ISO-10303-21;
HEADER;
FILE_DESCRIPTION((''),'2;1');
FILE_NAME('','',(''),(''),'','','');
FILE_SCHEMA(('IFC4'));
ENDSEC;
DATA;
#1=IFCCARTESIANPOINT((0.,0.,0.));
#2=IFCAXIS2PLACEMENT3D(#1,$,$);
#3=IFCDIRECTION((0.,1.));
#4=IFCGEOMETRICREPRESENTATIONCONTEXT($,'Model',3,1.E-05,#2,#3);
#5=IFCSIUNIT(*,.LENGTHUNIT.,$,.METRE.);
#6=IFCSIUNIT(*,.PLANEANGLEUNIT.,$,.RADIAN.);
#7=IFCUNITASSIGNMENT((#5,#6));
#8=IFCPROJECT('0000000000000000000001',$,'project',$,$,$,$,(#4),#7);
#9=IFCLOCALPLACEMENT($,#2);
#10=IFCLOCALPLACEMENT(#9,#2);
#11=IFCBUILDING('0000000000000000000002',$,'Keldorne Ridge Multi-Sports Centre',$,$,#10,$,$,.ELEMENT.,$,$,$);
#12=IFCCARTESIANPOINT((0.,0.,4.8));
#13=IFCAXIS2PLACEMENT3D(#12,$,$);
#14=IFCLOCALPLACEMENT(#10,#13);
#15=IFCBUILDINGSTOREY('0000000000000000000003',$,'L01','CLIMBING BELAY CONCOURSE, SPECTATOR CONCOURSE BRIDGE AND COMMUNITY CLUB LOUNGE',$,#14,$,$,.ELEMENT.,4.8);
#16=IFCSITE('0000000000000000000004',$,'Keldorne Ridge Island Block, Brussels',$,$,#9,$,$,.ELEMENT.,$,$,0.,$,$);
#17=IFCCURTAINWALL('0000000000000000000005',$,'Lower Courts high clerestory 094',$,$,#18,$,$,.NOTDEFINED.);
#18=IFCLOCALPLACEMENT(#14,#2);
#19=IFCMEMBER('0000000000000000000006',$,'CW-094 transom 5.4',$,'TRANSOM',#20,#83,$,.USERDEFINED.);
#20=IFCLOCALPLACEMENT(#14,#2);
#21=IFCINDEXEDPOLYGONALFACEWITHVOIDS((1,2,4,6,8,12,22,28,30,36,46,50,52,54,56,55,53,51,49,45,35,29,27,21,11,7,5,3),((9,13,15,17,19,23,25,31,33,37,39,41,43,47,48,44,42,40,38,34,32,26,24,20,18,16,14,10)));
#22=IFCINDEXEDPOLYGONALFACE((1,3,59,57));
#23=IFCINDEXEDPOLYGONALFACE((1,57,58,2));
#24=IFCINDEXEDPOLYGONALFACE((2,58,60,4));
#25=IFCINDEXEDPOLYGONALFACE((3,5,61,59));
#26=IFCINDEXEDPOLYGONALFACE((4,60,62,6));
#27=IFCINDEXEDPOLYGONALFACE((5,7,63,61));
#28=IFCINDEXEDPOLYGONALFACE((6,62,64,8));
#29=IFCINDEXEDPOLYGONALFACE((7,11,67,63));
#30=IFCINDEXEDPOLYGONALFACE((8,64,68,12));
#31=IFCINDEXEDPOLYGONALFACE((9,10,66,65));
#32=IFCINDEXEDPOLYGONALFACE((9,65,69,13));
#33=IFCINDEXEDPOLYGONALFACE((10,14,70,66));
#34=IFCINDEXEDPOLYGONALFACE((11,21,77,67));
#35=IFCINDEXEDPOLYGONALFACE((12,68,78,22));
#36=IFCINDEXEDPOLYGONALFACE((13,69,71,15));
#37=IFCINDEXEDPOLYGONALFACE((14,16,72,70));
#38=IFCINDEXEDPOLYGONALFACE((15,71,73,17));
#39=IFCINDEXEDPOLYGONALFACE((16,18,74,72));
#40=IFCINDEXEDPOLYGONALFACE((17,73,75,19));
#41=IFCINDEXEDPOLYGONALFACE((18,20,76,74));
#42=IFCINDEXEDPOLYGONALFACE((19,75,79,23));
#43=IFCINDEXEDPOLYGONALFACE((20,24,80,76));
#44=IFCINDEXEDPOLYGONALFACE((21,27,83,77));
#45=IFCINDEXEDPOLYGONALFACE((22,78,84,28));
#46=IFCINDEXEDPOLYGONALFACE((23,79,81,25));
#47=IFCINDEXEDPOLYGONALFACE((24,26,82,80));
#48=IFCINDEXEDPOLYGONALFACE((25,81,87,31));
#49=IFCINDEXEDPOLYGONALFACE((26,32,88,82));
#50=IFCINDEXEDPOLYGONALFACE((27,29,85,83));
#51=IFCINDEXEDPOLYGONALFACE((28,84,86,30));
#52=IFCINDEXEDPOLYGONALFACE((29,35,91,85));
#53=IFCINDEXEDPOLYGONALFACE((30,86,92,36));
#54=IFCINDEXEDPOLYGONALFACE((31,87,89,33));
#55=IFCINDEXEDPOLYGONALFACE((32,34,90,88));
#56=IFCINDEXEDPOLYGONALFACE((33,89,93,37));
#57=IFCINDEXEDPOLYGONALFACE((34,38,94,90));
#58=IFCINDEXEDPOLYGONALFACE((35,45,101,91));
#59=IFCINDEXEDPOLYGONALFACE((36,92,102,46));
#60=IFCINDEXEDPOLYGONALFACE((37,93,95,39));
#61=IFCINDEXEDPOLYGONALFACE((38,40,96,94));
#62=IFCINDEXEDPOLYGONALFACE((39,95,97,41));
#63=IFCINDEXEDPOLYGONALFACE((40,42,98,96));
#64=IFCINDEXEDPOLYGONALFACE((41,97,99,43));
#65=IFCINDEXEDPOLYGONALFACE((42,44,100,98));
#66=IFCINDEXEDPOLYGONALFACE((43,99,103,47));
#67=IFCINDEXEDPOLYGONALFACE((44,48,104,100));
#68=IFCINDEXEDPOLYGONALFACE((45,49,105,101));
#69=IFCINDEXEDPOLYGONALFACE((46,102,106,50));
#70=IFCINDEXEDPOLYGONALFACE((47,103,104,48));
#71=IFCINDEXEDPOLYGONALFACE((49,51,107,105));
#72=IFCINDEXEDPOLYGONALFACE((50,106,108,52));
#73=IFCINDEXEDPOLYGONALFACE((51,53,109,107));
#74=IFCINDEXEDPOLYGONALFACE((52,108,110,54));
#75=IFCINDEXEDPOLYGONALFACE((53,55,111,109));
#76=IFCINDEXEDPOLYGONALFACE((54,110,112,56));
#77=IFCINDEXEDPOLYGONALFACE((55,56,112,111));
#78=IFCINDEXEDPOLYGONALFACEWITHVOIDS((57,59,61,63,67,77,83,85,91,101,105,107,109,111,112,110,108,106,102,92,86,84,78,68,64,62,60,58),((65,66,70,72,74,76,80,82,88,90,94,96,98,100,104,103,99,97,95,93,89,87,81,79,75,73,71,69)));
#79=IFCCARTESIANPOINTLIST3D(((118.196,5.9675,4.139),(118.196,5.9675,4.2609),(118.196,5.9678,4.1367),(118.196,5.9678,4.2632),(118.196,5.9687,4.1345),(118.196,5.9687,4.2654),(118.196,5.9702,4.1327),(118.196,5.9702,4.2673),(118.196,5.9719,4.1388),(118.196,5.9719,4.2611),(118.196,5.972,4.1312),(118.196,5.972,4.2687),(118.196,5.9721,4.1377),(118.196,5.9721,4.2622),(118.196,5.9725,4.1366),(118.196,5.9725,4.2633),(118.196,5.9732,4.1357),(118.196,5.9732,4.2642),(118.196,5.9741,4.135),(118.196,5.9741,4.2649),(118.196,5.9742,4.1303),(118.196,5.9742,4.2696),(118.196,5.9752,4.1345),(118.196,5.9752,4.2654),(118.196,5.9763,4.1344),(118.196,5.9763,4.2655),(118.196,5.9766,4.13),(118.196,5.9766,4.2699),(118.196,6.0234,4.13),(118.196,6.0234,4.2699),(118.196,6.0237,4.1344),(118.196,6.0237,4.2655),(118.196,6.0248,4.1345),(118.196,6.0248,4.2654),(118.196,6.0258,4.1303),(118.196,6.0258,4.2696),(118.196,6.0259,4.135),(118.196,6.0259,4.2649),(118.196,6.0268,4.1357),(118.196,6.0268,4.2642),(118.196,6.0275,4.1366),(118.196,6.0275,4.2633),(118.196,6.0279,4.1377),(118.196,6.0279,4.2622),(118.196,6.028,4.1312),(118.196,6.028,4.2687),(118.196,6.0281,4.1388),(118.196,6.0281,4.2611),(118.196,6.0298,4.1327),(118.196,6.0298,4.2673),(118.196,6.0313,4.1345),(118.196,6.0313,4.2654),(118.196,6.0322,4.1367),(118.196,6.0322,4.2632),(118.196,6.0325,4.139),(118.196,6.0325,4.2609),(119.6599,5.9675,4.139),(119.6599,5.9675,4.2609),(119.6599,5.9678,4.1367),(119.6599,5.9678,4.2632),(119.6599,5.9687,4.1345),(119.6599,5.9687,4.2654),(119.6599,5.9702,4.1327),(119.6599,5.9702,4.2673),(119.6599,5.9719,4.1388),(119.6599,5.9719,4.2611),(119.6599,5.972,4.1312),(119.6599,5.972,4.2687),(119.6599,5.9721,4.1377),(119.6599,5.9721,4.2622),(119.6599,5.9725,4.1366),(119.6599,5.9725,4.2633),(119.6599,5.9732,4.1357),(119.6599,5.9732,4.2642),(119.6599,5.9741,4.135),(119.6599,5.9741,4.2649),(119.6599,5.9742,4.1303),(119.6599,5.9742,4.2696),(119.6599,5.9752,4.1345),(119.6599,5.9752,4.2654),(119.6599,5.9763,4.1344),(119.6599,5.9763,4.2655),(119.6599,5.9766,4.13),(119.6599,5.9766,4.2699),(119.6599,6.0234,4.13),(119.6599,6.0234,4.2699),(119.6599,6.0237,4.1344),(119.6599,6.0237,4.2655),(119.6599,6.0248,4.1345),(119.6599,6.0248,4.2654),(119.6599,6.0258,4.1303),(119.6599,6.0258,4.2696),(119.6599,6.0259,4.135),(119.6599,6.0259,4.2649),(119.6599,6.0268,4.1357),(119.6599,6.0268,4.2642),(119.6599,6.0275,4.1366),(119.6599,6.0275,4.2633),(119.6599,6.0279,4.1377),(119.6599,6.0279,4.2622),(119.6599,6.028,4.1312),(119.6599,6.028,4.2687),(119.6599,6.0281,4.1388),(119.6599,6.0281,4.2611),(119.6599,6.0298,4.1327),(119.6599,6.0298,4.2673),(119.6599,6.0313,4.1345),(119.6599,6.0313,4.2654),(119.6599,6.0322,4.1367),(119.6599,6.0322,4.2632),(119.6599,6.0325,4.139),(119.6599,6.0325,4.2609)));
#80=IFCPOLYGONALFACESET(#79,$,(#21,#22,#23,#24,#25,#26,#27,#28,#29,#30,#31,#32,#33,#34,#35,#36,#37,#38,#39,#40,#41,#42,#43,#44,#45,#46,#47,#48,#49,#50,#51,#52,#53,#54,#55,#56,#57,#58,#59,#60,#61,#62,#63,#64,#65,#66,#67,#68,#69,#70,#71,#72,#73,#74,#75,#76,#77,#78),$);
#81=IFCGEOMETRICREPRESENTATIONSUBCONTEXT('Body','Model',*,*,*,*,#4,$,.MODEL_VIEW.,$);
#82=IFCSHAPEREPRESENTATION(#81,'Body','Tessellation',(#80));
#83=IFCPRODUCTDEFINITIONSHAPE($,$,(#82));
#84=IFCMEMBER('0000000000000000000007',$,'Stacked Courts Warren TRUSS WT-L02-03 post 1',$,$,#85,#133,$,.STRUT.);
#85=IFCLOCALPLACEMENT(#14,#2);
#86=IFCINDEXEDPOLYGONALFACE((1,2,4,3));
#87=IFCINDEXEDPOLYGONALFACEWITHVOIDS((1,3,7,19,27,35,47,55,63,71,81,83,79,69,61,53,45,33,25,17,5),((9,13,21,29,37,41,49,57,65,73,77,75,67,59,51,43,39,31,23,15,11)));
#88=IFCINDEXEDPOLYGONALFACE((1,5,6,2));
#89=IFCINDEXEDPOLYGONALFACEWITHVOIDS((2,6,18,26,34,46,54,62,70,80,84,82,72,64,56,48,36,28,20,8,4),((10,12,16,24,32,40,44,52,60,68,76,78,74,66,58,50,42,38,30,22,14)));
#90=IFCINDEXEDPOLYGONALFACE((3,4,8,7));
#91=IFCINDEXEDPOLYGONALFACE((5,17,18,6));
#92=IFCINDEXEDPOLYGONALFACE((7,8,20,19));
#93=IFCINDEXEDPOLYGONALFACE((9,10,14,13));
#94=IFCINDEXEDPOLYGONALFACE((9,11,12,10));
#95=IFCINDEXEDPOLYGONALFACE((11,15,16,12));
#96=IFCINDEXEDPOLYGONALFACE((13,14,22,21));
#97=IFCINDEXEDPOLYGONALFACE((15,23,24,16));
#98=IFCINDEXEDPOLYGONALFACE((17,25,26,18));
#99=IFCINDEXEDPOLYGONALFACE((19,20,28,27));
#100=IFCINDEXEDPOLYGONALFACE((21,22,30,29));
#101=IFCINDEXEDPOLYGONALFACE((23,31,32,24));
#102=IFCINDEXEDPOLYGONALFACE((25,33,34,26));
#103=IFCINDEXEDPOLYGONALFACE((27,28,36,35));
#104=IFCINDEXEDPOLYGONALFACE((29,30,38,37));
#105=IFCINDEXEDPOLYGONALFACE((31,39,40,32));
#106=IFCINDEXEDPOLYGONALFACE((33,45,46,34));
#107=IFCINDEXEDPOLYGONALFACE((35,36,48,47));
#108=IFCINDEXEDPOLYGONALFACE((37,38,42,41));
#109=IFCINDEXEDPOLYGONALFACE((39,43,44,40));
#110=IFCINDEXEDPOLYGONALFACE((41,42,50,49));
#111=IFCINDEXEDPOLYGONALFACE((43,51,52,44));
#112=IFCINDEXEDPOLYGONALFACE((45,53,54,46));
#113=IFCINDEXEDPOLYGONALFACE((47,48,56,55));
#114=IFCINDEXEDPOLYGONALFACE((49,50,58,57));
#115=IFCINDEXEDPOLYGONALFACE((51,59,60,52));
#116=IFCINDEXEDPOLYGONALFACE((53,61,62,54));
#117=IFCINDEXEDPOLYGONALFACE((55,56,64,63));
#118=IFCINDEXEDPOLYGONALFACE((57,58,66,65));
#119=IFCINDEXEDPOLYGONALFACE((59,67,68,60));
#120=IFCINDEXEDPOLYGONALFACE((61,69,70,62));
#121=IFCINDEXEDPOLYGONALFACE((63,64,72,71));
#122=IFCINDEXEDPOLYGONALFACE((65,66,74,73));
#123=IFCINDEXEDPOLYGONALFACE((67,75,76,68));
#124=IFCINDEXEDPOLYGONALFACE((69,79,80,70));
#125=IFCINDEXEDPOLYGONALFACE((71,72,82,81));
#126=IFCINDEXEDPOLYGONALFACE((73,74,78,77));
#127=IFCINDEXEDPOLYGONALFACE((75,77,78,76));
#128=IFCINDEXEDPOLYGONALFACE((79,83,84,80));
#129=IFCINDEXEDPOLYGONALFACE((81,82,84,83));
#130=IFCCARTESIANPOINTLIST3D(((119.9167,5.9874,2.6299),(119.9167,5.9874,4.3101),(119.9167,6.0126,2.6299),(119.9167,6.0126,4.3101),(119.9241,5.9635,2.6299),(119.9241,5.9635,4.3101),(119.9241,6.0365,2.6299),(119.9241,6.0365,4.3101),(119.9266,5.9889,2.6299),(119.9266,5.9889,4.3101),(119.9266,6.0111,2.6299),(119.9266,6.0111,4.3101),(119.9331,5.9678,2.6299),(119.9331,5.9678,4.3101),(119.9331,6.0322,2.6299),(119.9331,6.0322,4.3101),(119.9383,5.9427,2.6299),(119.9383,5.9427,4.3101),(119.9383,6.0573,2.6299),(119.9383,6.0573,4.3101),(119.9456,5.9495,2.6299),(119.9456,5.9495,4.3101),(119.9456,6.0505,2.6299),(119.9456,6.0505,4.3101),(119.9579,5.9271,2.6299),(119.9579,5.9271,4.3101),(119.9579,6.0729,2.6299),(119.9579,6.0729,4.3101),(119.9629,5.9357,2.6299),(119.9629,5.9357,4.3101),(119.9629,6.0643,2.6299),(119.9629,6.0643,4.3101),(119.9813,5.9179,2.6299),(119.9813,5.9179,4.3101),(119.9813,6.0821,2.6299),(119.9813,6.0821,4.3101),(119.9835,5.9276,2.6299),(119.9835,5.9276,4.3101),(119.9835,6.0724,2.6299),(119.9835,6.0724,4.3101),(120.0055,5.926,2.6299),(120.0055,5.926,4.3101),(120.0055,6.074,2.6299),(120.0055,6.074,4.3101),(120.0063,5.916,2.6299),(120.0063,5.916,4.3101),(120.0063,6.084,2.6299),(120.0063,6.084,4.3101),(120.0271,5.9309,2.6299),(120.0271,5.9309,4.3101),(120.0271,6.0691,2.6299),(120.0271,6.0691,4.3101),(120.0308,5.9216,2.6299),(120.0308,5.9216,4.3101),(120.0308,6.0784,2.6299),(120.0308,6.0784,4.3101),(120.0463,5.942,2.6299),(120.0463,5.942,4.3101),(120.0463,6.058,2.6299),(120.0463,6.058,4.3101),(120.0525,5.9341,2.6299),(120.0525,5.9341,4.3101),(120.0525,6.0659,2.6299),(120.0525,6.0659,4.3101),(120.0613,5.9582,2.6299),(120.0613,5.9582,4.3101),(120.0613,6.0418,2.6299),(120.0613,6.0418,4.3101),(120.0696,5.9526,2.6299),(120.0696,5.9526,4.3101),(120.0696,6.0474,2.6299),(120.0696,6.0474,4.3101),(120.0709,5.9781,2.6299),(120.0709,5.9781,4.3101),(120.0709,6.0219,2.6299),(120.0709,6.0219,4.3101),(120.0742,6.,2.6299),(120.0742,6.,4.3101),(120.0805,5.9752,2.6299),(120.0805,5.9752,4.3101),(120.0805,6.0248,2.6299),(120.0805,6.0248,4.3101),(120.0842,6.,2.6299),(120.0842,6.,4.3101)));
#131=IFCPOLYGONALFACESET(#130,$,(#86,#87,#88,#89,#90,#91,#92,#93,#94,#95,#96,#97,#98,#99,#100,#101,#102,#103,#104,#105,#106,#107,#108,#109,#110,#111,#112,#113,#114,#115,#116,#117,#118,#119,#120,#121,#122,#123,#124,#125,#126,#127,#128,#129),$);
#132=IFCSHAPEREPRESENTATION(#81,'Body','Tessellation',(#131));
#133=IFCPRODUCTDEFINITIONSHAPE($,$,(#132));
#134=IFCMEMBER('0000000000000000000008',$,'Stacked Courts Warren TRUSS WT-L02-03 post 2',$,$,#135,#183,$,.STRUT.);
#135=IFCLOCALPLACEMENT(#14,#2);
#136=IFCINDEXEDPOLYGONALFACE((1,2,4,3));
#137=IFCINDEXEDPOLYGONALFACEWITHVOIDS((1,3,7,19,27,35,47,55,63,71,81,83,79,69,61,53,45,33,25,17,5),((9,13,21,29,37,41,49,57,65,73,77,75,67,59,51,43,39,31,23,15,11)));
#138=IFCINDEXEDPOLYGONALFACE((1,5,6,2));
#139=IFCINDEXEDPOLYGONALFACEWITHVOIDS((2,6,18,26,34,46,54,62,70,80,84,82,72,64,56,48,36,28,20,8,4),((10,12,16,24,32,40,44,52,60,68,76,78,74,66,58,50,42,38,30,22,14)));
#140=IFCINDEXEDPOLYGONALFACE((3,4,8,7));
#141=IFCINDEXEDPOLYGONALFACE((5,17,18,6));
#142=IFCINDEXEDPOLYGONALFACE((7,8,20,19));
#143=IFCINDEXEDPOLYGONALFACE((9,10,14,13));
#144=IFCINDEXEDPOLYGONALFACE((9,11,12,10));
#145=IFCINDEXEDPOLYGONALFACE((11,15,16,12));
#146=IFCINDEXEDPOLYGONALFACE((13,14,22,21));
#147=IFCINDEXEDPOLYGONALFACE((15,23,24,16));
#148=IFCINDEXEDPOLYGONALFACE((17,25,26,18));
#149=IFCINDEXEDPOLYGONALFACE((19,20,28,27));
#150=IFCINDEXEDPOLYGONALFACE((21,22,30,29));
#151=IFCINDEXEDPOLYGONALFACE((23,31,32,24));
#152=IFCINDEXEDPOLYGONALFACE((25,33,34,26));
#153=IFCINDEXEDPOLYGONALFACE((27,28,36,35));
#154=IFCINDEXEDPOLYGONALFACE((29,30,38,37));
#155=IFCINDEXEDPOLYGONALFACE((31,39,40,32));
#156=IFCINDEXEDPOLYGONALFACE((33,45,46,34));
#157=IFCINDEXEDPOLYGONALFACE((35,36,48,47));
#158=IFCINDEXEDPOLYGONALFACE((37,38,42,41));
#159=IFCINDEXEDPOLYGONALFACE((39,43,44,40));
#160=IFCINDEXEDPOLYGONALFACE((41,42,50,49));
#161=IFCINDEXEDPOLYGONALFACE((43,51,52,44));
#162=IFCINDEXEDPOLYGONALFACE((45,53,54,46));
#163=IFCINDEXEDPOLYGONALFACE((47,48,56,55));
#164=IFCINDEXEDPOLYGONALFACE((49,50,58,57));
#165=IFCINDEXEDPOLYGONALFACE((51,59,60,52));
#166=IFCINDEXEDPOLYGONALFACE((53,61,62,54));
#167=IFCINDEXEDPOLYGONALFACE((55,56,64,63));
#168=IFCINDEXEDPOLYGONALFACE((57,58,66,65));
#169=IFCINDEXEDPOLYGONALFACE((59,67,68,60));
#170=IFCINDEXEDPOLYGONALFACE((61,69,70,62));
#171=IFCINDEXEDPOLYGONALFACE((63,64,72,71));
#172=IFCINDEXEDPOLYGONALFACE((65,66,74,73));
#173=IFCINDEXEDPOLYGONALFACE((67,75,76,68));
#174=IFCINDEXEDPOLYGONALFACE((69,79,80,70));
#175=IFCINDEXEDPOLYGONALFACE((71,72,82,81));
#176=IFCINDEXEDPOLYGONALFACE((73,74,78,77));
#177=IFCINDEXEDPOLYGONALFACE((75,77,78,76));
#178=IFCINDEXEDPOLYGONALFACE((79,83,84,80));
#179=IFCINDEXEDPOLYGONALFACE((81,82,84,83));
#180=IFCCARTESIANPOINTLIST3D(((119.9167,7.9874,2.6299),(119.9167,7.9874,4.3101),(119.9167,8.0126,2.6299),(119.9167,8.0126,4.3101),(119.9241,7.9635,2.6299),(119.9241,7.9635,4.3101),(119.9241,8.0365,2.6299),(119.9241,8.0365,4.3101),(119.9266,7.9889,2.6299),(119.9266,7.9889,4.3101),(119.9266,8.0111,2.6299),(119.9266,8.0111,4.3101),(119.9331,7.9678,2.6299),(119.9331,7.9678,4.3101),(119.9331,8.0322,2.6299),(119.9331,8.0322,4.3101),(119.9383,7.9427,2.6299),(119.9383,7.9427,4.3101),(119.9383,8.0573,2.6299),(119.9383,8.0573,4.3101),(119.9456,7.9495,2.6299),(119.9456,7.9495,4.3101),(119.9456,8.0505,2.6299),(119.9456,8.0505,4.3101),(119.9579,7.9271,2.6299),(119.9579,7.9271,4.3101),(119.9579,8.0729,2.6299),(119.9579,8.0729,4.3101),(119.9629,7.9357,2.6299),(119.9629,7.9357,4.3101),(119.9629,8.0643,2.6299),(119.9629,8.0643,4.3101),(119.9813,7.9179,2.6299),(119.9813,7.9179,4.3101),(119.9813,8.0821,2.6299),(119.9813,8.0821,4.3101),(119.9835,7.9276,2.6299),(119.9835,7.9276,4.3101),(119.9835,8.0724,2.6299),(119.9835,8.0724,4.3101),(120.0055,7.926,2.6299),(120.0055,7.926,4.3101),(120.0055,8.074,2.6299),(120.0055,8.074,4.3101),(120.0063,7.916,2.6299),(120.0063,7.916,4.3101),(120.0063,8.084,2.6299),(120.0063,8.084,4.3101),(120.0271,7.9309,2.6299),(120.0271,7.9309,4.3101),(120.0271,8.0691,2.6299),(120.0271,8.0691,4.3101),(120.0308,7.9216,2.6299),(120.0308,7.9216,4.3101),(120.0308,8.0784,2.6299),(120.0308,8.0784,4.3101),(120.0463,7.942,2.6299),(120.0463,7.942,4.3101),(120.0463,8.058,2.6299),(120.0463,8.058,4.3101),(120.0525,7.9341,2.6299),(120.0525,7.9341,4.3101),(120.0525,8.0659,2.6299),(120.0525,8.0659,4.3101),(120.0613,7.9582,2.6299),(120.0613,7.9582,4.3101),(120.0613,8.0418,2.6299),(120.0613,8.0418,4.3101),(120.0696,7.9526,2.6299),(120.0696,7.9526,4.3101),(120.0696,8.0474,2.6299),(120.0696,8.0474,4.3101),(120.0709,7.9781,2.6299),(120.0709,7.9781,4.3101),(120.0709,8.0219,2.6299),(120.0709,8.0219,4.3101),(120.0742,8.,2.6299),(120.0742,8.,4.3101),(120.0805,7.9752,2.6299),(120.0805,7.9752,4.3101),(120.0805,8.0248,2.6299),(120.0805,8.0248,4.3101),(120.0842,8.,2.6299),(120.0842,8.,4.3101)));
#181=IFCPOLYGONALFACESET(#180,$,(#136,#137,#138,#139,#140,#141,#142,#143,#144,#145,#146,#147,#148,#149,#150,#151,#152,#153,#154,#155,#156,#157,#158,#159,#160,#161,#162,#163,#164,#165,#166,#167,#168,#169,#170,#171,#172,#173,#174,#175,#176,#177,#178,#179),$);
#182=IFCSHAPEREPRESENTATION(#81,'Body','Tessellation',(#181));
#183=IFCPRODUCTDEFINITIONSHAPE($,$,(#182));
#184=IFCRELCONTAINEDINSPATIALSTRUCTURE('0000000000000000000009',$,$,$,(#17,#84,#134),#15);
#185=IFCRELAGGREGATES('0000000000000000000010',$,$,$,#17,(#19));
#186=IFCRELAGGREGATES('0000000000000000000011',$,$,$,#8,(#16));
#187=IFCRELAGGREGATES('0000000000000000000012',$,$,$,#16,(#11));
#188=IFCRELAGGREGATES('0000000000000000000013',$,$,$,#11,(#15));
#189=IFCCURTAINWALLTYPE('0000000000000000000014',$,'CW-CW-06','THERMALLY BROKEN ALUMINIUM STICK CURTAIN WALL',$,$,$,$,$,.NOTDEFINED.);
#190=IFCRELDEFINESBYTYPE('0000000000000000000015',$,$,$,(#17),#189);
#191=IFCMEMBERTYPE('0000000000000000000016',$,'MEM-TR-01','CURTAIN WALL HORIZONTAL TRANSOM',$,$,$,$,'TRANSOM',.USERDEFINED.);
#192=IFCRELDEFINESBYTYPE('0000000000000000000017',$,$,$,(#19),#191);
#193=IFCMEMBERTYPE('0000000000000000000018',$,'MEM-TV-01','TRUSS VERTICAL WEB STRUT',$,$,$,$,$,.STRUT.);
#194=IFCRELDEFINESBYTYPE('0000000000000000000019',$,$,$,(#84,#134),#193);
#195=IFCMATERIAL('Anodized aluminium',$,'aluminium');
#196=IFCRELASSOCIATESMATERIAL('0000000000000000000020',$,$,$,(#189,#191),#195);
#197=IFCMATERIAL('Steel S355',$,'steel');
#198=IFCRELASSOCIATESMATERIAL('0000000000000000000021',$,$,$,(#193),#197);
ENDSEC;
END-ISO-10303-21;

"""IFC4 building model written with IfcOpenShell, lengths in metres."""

from ifc_helpers import new_model, si_unit, direction, frame, origin, origin_2d, place, context, subcontext, project, spatial, hollow_rectangle, hollow_circle, extrude, material, material_profile, profile_set, type_object, element, aggregate, save


model = new_model("IFC4")

# Units and contexts
model_context = context("Model", 3, precision=1e-05, world=origin(), true_north=direction((0.0, 1.0)))
body_context = subcontext(model_context, "Body", "Model", "MODEL_VIEW")
ifc_project = project(units=[si_unit("LENGTHUNIT", "METRE"), si_unit("PLANEANGLEUNIT", "RADIAN")], contexts=[model_context])

# Site, building, storey
site_placement = place(None, origin())
site = spatial("IfcSite", under=ifc_project, at=site_placement, Name="Keldorne Ridge Island Block, Brussels", CompositionType="ELEMENT", RefElevation=0.0)
building_placement = place(site_placement, origin())
building = spatial("IfcBuilding", under=site, at=building_placement, Name="Keldorne Ridge Multi-Sports Centre", CompositionType="ELEMENT")
storey_placement = place(building_placement, frame((0.0, 0.0, 4.8)))
storey = spatial("IfcBuildingStorey", under=building, at=storey_placement, Name="L01", Description="CLIMBING BELAY CONCOURSE, SPECTATOR CONCOURSE BRIDGE AND COMMUNITY CLUB LOUNGE", CompositionType="ELEMENT", Elevation=4.8)

# Shared definitions
ifc_material_1 = material(Name="Steel S355", Category="steel")

# Curtain wall
ifc_material_2 = material(Name="Anodized aluminium", Category="aluminium")
curtain_wall_type = type_object("IfcCurtainWallType", Name="CW-CW-06", Description="THERMALLY BROKEN ALUMINIUM STICK CURTAIN WALL", PredefinedType="NOTDEFINED", material=ifc_material_2)
curtain_wall_placement = place(storey_placement, origin())
curtain_wall = element("IfcCurtainWall", 1, at=curtain_wall_placement, inside=storey, type_object=curtain_wall_type, Name="Lower Courts high clerestory 094", PredefinedType="NOTDEFINED")

# Member
ifc_material_profile_1 = material_profile(ifc_material_2, hollow_rectangle(XDim=0.0649, YDim=0.1399, WallThickness=0.0044, InnerFilletRadius=0.0044, OuterFilletRadius=0.009, at=origin_2d()), Name="ALU TRANSOM 140x65x4.5")
ifc_profile_set_1 = profile_set([ifc_material_profile_1], Name="Anodized aluminium")
member_type_1 = type_object("IfcMemberType", Name="MEM-TR-01", Description="CURTAIN WALL HORIZONTAL TRANSOM", ElementType="TRANSOM", PredefinedType="USERDEFINED", material=ifc_profile_set_1)
member_1_placement = place(storey_placement, frame((118.196, 6.0, 4.2), z_axis=(1.0, 0.0, 0.0), x_axis=(0.0, 1.0, 0.0)))
member_1 = element("IfcMember", 2, at=member_1_placement, type_object=member_type_1, Name="CW-094 transom 5.4", ObjectType="TRANSOM", PredefinedType="USERDEFINED", context=body_context, shape_type="SweptSolid", body=[
    extrude(hollow_rectangle(XDim=0.0649, YDim=0.1399, WallThickness=0.0044, InnerFilletRadius=0.0044, OuterFilletRadius=0.009, at=origin_2d()), origin(), (0.0, 0.0, 1.0), 1.4639),
])

# Members
ifc_material_profile_2 = material_profile(ifc_material_1, hollow_circle(Radius=0.0842, WallThickness=0.01, at=origin_2d()), Name="CHS 168.3x10")
ifc_profile_set_2 = profile_set([ifc_material_profile_2], Name="Steel S355")
member_type_2 = type_object("IfcMemberType", Name="MEM-TV-01", Description="TRUSS VERTICAL WEB STRUT", PredefinedType="STRUT", material=ifc_profile_set_2)
for number, where, z_axis, x_axis, name in (
    (3, (120.0, 6.0, 2.6299), (0.0, 0.0, 1.0), (1.0, 0.0, 0.0), "Stacked Courts Warren TRUSS WT-L02-03 post 1"),
    (4, (120.0, 8.0, 2.6299), (0.0, 0.0, 1.0), (1.0, 0.0, 0.0), "Stacked Courts Warren TRUSS WT-L02-03 post 2"),
):
    element("IfcMember", number, at=place(storey_placement, frame(where, z_axis=z_axis, x_axis=x_axis)), inside=storey, type_object=member_type_2, Name=name, PredefinedType="STRUT", context=body_context, shape_type="SweptSolid", body=[
        extrude(hollow_circle(Radius=0.0842, WallThickness=0.01, at=origin_2d()), origin(), (0.0, 0.0, 1.0), 1.6802),
    ])

aggregate(curtain_wall, [member_1])

save(model, "model.ifc")
